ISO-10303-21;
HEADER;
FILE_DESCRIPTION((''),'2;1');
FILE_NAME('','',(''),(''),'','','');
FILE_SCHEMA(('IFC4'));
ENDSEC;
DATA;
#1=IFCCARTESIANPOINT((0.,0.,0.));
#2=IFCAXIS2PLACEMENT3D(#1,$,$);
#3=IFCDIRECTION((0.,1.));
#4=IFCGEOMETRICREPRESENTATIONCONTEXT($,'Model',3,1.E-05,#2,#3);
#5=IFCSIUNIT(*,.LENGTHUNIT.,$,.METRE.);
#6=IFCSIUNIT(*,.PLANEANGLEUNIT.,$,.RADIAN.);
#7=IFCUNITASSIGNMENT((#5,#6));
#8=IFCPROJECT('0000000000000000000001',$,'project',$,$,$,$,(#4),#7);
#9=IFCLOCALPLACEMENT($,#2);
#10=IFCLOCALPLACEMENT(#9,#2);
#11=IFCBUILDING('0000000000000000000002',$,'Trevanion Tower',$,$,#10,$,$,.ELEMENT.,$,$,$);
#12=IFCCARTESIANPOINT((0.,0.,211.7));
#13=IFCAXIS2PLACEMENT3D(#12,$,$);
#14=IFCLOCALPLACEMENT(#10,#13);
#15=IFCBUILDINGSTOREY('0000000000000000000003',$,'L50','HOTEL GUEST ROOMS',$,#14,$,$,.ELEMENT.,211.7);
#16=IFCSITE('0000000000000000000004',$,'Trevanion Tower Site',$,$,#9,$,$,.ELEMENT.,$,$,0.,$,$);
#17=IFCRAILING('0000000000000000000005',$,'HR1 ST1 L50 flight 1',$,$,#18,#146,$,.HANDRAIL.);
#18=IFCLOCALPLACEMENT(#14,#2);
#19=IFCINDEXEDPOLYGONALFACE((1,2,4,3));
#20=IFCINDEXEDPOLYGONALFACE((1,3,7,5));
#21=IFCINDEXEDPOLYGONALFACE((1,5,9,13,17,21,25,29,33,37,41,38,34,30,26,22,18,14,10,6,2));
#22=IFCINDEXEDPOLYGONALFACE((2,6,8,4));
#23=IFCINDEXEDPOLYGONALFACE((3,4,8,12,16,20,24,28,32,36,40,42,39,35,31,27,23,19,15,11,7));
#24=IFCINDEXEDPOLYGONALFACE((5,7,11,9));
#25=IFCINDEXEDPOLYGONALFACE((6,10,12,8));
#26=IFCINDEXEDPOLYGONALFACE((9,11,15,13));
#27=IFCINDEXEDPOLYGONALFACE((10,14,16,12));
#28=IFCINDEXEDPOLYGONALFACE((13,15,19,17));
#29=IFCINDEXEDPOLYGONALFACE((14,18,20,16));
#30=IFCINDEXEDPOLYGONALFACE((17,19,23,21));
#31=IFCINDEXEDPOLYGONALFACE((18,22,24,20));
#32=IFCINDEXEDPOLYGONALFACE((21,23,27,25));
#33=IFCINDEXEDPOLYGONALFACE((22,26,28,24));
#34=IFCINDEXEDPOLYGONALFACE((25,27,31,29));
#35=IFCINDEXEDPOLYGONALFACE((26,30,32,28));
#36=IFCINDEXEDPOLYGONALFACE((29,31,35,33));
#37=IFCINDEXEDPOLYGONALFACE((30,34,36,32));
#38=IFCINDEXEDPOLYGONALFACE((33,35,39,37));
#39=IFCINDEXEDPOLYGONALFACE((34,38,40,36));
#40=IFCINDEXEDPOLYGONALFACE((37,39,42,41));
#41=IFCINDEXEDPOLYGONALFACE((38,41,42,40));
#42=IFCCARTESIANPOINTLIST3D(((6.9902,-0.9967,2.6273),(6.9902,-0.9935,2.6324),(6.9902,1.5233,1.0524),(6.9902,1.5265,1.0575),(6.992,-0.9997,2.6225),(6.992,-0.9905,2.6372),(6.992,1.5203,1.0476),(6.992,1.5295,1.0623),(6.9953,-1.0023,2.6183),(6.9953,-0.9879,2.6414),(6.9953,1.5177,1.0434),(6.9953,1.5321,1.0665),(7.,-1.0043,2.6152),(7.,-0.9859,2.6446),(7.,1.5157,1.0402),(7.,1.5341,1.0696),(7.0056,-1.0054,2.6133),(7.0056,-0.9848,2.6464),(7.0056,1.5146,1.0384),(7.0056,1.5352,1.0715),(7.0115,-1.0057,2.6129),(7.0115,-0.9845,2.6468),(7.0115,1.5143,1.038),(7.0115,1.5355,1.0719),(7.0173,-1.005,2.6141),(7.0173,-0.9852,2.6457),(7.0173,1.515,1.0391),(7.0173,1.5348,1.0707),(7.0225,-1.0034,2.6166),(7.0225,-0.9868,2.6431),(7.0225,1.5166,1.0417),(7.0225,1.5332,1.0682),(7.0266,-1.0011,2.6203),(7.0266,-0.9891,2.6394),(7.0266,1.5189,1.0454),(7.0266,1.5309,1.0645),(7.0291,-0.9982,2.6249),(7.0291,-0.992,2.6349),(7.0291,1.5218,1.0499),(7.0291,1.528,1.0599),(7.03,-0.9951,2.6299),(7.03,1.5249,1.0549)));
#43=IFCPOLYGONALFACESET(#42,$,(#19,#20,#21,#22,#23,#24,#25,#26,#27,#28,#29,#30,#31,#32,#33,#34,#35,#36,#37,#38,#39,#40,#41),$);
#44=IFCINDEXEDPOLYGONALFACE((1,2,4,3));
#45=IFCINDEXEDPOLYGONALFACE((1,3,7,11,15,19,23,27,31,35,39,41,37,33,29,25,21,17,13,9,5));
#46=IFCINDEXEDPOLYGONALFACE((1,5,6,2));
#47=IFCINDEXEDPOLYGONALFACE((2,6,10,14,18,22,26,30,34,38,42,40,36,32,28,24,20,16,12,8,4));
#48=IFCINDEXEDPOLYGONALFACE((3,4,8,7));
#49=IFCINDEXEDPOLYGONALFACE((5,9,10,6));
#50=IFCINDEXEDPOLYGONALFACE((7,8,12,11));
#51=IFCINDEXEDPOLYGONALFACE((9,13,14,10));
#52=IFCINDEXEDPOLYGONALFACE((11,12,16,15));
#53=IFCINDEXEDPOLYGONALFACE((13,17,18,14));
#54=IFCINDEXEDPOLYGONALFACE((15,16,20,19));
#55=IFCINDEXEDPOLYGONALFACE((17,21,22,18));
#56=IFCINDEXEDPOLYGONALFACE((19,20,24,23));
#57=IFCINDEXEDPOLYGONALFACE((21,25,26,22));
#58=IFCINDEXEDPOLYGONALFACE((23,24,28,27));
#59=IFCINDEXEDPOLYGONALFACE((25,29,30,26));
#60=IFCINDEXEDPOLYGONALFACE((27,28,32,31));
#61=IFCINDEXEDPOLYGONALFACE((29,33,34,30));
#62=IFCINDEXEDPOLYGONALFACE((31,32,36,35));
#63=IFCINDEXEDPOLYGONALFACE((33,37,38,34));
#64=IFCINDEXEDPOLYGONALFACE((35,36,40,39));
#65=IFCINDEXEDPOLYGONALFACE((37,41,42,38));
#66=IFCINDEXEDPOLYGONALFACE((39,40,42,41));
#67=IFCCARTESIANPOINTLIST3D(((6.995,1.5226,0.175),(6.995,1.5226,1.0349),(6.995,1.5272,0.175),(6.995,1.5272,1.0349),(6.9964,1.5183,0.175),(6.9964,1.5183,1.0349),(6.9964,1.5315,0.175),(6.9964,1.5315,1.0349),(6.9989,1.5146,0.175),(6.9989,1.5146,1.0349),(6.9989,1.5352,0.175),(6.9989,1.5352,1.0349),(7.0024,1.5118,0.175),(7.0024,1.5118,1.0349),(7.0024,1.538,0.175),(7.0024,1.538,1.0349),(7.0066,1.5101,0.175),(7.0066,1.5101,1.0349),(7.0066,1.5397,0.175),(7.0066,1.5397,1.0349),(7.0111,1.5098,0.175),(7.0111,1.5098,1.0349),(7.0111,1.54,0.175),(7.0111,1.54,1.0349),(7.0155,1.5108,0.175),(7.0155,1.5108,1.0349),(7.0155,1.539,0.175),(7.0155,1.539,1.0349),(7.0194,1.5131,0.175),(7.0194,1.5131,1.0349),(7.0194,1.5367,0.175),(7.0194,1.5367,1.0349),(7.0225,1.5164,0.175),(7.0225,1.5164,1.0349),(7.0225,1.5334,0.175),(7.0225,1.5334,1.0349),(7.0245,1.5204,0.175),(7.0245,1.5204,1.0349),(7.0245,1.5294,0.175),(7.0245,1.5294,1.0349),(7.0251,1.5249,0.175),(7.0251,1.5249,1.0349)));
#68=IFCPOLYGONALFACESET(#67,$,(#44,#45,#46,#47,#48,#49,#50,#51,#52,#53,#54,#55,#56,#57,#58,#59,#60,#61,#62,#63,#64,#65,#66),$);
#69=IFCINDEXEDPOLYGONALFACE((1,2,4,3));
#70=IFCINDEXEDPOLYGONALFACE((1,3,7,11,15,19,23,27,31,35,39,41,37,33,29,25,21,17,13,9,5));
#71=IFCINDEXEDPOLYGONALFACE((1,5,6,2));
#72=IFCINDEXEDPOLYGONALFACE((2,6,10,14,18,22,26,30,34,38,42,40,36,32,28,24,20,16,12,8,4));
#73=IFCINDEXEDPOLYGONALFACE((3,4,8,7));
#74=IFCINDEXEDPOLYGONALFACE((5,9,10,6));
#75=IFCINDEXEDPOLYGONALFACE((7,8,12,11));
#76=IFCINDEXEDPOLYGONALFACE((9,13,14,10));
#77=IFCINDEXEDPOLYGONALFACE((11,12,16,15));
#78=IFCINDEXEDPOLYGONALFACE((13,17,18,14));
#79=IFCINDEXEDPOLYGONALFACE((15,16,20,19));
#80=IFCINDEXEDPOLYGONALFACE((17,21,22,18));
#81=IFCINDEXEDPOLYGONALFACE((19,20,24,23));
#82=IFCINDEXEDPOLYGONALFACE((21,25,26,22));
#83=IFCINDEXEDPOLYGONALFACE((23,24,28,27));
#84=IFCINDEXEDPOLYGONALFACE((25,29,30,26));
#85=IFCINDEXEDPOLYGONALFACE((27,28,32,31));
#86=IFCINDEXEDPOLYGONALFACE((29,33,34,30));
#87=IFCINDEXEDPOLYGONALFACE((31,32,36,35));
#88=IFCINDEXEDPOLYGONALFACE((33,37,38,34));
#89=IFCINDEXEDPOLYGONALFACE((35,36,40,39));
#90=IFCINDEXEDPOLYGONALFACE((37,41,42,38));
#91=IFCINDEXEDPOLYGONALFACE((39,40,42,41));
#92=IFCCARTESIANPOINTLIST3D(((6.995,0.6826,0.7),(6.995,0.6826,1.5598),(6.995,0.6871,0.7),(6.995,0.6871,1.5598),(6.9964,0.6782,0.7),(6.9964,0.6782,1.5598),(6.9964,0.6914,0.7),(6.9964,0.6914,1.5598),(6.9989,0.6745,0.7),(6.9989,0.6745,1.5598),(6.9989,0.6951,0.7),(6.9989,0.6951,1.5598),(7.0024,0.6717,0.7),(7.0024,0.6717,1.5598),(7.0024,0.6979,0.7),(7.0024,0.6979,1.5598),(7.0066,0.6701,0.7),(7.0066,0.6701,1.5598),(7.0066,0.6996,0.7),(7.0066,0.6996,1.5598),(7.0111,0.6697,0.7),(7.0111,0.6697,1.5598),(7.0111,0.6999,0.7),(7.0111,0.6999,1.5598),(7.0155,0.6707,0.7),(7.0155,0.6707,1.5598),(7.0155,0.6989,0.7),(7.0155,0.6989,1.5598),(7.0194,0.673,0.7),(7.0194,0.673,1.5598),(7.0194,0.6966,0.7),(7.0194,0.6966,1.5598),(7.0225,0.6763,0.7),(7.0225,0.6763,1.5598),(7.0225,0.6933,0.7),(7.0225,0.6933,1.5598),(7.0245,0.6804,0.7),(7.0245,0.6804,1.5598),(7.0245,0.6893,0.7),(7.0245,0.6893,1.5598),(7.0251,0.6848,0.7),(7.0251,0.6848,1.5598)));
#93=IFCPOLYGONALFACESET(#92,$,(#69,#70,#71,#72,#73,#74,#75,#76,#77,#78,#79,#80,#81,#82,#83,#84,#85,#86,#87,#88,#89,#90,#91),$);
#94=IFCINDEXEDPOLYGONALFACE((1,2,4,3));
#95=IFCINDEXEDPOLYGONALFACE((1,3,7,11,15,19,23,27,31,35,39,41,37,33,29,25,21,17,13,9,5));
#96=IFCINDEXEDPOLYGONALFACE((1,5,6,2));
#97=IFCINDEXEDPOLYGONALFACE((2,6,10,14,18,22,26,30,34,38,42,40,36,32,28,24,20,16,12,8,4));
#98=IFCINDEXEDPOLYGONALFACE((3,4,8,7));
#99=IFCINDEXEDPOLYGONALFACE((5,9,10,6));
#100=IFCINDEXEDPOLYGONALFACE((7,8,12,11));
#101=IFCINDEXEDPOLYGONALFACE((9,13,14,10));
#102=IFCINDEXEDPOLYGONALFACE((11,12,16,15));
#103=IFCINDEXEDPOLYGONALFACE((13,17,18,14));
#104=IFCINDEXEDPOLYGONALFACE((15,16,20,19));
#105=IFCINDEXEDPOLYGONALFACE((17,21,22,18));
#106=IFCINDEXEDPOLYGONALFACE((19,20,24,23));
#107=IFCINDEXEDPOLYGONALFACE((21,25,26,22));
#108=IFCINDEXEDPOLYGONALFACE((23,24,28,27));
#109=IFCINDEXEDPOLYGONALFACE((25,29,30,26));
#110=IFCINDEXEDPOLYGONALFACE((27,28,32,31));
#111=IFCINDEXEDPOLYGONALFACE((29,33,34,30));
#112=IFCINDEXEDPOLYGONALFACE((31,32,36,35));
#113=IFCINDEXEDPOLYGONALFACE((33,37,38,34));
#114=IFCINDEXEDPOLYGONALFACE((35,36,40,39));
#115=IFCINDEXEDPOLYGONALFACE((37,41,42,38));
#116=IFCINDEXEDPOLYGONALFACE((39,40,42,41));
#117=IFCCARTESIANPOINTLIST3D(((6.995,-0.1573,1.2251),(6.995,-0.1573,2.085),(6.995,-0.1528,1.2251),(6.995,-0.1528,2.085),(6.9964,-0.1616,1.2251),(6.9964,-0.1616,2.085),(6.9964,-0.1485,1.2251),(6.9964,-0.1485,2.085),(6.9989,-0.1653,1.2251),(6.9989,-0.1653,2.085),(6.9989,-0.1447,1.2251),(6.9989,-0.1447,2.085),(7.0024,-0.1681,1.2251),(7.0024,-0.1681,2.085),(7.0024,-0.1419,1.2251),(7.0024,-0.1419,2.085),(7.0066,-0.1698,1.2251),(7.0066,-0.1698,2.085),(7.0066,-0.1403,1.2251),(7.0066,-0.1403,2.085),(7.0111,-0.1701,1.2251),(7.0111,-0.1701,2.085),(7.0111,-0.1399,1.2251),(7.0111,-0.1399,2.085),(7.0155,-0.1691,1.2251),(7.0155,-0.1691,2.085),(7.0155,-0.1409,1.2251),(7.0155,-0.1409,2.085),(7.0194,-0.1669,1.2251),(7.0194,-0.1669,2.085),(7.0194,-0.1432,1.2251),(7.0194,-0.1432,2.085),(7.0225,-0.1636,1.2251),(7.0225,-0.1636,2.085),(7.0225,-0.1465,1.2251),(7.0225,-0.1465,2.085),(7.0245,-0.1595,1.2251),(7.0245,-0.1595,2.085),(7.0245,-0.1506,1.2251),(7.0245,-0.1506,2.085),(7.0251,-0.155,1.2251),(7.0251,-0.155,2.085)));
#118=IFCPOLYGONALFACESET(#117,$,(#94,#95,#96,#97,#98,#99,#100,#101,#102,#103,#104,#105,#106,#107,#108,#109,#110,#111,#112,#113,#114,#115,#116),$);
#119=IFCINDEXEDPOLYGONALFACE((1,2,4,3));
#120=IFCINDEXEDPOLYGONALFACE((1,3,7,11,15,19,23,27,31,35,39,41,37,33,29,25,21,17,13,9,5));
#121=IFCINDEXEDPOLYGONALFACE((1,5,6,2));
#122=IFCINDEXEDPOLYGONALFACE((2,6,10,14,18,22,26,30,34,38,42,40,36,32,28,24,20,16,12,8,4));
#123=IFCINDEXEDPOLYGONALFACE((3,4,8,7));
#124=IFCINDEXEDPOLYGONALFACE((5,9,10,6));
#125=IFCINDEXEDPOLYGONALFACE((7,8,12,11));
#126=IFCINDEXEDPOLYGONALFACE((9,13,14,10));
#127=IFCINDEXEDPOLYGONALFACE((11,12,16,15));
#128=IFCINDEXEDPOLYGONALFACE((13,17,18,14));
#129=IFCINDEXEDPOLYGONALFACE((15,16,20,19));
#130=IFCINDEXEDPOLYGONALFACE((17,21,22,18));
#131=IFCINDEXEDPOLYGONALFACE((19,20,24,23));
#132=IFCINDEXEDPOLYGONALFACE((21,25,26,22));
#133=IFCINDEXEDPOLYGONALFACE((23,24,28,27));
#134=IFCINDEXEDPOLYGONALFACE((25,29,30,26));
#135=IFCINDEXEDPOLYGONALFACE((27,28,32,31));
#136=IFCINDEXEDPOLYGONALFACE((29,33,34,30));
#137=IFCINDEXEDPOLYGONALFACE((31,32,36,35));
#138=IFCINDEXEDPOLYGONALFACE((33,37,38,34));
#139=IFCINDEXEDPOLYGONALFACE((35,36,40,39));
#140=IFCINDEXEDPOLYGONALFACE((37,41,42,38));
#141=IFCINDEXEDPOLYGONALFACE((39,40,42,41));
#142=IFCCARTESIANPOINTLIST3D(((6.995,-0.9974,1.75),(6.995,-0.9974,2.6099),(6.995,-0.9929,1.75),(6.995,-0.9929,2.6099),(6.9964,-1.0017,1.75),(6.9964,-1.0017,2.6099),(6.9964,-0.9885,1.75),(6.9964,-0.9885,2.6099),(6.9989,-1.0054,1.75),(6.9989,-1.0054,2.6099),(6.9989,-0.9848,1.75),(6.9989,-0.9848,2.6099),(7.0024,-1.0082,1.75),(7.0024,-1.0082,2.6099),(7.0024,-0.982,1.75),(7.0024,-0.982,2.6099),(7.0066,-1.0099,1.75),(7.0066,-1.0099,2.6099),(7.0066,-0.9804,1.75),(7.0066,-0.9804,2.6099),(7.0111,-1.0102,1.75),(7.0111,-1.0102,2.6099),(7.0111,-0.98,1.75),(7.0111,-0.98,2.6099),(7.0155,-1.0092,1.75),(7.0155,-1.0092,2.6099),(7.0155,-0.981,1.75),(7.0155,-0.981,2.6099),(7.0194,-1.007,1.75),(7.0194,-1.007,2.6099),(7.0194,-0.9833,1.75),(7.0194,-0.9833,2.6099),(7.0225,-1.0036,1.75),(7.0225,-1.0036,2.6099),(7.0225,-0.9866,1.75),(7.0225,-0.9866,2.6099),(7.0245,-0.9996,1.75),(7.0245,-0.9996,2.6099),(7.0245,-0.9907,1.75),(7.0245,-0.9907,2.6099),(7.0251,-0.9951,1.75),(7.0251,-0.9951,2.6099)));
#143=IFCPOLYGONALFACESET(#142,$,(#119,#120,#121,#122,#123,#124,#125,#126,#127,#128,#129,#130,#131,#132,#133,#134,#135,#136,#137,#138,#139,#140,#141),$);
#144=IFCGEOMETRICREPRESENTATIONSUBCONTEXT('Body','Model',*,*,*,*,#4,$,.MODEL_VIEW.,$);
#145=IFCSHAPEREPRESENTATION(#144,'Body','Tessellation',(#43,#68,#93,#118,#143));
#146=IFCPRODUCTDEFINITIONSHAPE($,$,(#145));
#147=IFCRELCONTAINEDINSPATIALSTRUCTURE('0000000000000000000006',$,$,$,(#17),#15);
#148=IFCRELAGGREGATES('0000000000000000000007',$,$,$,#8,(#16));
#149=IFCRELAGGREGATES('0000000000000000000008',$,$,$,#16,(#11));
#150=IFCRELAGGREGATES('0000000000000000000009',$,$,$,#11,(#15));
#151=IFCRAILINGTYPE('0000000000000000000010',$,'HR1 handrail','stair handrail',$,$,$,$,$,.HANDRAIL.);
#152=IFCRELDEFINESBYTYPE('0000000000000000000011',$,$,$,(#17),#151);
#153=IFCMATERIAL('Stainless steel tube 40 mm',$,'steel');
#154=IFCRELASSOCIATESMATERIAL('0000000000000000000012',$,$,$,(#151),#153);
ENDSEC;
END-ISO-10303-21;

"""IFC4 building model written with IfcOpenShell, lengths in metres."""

from ifc_helpers import new_model, si_unit, direction, frame, origin, origin_2d, place, context, subcontext, project, spatial, circle, extrude, material, type_object, element, save


model = new_model("IFC4")

# Units and contexts
model_context = context("Model", 3, precision=1e-05, world=origin(), true_north=direction((0.0, 1.0)))
body_context = subcontext(model_context, "Body", "Model", "MODEL_VIEW")
ifc_project = project(units=[si_unit("LENGTHUNIT", "METRE"), si_unit("PLANEANGLEUNIT", "RADIAN")], contexts=[model_context])

# Site, building, storey
site_placement = place(None, origin())
site = spatial("IfcSite", under=ifc_project, at=site_placement, Name="Trevanion Tower Site", CompositionType="ELEMENT", RefElevation=0.0)
building_placement = place(site_placement, origin())
building = spatial("IfcBuilding", under=site, at=building_placement, Name="Trevanion Tower", CompositionType="ELEMENT")
storey_placement = place(building_placement, frame((0.0, 0.0, 211.7)))
storey = spatial("IfcBuildingStorey", under=building, at=storey_placement, Name="L50", Description="HOTEL GUEST ROOMS", CompositionType="ELEMENT", Elevation=211.7)

# Railing
ifc_material_1 = material(Name="Stainless steel tube 40 mm", Category="steel")
railing_type = type_object("IfcRailingType", Name="HR1 handrail", Description="stair handrail", PredefinedType="HANDRAIL", material=ifc_material_1)
for number, where, name in (
    (1, (7.01, 1.5249, 0.175), "HR1 ST1 L50 flight 1"),
):
    element("IfcRailing", number, at=place(storey_placement, frame(where)), inside=storey, type_object=railing_type, Name=name, PredefinedType="HANDRAIL", context=body_context, shape_type="SweptSolid", body=[
        extrude(circle(Radius=0.02, at=origin_2d()), frame((0.0, 0.0, 0.8799), z_axis=(0.0, -0.848008, 0.529984), x_axis=(1.0, 0.0, 0.0)), (0.0, 0.0, 1.0), 2.9717),
        extrude(circle(Radius=0.0151, at=origin_2d()), origin(), (0.0, 0.0, 1.0), 0.8599),
        extrude(circle(Radius=0.0151, at=origin_2d()), frame((0.0, -0.8401, 0.5249)), (0.0, 0.0, 1.0), 0.8599),
        extrude(circle(Radius=0.0151, at=origin_2d()), frame((0.0, -1.6799, 1.05)), (0.0, 0.0, 1.0), 0.8599),
        extrude(circle(Radius=0.0151, at=origin_2d()), frame((0.0, -2.52, 1.575)), (0.0, 0.0, 1.0), 0.8599),
    ])

save(model, "model.ifc")
